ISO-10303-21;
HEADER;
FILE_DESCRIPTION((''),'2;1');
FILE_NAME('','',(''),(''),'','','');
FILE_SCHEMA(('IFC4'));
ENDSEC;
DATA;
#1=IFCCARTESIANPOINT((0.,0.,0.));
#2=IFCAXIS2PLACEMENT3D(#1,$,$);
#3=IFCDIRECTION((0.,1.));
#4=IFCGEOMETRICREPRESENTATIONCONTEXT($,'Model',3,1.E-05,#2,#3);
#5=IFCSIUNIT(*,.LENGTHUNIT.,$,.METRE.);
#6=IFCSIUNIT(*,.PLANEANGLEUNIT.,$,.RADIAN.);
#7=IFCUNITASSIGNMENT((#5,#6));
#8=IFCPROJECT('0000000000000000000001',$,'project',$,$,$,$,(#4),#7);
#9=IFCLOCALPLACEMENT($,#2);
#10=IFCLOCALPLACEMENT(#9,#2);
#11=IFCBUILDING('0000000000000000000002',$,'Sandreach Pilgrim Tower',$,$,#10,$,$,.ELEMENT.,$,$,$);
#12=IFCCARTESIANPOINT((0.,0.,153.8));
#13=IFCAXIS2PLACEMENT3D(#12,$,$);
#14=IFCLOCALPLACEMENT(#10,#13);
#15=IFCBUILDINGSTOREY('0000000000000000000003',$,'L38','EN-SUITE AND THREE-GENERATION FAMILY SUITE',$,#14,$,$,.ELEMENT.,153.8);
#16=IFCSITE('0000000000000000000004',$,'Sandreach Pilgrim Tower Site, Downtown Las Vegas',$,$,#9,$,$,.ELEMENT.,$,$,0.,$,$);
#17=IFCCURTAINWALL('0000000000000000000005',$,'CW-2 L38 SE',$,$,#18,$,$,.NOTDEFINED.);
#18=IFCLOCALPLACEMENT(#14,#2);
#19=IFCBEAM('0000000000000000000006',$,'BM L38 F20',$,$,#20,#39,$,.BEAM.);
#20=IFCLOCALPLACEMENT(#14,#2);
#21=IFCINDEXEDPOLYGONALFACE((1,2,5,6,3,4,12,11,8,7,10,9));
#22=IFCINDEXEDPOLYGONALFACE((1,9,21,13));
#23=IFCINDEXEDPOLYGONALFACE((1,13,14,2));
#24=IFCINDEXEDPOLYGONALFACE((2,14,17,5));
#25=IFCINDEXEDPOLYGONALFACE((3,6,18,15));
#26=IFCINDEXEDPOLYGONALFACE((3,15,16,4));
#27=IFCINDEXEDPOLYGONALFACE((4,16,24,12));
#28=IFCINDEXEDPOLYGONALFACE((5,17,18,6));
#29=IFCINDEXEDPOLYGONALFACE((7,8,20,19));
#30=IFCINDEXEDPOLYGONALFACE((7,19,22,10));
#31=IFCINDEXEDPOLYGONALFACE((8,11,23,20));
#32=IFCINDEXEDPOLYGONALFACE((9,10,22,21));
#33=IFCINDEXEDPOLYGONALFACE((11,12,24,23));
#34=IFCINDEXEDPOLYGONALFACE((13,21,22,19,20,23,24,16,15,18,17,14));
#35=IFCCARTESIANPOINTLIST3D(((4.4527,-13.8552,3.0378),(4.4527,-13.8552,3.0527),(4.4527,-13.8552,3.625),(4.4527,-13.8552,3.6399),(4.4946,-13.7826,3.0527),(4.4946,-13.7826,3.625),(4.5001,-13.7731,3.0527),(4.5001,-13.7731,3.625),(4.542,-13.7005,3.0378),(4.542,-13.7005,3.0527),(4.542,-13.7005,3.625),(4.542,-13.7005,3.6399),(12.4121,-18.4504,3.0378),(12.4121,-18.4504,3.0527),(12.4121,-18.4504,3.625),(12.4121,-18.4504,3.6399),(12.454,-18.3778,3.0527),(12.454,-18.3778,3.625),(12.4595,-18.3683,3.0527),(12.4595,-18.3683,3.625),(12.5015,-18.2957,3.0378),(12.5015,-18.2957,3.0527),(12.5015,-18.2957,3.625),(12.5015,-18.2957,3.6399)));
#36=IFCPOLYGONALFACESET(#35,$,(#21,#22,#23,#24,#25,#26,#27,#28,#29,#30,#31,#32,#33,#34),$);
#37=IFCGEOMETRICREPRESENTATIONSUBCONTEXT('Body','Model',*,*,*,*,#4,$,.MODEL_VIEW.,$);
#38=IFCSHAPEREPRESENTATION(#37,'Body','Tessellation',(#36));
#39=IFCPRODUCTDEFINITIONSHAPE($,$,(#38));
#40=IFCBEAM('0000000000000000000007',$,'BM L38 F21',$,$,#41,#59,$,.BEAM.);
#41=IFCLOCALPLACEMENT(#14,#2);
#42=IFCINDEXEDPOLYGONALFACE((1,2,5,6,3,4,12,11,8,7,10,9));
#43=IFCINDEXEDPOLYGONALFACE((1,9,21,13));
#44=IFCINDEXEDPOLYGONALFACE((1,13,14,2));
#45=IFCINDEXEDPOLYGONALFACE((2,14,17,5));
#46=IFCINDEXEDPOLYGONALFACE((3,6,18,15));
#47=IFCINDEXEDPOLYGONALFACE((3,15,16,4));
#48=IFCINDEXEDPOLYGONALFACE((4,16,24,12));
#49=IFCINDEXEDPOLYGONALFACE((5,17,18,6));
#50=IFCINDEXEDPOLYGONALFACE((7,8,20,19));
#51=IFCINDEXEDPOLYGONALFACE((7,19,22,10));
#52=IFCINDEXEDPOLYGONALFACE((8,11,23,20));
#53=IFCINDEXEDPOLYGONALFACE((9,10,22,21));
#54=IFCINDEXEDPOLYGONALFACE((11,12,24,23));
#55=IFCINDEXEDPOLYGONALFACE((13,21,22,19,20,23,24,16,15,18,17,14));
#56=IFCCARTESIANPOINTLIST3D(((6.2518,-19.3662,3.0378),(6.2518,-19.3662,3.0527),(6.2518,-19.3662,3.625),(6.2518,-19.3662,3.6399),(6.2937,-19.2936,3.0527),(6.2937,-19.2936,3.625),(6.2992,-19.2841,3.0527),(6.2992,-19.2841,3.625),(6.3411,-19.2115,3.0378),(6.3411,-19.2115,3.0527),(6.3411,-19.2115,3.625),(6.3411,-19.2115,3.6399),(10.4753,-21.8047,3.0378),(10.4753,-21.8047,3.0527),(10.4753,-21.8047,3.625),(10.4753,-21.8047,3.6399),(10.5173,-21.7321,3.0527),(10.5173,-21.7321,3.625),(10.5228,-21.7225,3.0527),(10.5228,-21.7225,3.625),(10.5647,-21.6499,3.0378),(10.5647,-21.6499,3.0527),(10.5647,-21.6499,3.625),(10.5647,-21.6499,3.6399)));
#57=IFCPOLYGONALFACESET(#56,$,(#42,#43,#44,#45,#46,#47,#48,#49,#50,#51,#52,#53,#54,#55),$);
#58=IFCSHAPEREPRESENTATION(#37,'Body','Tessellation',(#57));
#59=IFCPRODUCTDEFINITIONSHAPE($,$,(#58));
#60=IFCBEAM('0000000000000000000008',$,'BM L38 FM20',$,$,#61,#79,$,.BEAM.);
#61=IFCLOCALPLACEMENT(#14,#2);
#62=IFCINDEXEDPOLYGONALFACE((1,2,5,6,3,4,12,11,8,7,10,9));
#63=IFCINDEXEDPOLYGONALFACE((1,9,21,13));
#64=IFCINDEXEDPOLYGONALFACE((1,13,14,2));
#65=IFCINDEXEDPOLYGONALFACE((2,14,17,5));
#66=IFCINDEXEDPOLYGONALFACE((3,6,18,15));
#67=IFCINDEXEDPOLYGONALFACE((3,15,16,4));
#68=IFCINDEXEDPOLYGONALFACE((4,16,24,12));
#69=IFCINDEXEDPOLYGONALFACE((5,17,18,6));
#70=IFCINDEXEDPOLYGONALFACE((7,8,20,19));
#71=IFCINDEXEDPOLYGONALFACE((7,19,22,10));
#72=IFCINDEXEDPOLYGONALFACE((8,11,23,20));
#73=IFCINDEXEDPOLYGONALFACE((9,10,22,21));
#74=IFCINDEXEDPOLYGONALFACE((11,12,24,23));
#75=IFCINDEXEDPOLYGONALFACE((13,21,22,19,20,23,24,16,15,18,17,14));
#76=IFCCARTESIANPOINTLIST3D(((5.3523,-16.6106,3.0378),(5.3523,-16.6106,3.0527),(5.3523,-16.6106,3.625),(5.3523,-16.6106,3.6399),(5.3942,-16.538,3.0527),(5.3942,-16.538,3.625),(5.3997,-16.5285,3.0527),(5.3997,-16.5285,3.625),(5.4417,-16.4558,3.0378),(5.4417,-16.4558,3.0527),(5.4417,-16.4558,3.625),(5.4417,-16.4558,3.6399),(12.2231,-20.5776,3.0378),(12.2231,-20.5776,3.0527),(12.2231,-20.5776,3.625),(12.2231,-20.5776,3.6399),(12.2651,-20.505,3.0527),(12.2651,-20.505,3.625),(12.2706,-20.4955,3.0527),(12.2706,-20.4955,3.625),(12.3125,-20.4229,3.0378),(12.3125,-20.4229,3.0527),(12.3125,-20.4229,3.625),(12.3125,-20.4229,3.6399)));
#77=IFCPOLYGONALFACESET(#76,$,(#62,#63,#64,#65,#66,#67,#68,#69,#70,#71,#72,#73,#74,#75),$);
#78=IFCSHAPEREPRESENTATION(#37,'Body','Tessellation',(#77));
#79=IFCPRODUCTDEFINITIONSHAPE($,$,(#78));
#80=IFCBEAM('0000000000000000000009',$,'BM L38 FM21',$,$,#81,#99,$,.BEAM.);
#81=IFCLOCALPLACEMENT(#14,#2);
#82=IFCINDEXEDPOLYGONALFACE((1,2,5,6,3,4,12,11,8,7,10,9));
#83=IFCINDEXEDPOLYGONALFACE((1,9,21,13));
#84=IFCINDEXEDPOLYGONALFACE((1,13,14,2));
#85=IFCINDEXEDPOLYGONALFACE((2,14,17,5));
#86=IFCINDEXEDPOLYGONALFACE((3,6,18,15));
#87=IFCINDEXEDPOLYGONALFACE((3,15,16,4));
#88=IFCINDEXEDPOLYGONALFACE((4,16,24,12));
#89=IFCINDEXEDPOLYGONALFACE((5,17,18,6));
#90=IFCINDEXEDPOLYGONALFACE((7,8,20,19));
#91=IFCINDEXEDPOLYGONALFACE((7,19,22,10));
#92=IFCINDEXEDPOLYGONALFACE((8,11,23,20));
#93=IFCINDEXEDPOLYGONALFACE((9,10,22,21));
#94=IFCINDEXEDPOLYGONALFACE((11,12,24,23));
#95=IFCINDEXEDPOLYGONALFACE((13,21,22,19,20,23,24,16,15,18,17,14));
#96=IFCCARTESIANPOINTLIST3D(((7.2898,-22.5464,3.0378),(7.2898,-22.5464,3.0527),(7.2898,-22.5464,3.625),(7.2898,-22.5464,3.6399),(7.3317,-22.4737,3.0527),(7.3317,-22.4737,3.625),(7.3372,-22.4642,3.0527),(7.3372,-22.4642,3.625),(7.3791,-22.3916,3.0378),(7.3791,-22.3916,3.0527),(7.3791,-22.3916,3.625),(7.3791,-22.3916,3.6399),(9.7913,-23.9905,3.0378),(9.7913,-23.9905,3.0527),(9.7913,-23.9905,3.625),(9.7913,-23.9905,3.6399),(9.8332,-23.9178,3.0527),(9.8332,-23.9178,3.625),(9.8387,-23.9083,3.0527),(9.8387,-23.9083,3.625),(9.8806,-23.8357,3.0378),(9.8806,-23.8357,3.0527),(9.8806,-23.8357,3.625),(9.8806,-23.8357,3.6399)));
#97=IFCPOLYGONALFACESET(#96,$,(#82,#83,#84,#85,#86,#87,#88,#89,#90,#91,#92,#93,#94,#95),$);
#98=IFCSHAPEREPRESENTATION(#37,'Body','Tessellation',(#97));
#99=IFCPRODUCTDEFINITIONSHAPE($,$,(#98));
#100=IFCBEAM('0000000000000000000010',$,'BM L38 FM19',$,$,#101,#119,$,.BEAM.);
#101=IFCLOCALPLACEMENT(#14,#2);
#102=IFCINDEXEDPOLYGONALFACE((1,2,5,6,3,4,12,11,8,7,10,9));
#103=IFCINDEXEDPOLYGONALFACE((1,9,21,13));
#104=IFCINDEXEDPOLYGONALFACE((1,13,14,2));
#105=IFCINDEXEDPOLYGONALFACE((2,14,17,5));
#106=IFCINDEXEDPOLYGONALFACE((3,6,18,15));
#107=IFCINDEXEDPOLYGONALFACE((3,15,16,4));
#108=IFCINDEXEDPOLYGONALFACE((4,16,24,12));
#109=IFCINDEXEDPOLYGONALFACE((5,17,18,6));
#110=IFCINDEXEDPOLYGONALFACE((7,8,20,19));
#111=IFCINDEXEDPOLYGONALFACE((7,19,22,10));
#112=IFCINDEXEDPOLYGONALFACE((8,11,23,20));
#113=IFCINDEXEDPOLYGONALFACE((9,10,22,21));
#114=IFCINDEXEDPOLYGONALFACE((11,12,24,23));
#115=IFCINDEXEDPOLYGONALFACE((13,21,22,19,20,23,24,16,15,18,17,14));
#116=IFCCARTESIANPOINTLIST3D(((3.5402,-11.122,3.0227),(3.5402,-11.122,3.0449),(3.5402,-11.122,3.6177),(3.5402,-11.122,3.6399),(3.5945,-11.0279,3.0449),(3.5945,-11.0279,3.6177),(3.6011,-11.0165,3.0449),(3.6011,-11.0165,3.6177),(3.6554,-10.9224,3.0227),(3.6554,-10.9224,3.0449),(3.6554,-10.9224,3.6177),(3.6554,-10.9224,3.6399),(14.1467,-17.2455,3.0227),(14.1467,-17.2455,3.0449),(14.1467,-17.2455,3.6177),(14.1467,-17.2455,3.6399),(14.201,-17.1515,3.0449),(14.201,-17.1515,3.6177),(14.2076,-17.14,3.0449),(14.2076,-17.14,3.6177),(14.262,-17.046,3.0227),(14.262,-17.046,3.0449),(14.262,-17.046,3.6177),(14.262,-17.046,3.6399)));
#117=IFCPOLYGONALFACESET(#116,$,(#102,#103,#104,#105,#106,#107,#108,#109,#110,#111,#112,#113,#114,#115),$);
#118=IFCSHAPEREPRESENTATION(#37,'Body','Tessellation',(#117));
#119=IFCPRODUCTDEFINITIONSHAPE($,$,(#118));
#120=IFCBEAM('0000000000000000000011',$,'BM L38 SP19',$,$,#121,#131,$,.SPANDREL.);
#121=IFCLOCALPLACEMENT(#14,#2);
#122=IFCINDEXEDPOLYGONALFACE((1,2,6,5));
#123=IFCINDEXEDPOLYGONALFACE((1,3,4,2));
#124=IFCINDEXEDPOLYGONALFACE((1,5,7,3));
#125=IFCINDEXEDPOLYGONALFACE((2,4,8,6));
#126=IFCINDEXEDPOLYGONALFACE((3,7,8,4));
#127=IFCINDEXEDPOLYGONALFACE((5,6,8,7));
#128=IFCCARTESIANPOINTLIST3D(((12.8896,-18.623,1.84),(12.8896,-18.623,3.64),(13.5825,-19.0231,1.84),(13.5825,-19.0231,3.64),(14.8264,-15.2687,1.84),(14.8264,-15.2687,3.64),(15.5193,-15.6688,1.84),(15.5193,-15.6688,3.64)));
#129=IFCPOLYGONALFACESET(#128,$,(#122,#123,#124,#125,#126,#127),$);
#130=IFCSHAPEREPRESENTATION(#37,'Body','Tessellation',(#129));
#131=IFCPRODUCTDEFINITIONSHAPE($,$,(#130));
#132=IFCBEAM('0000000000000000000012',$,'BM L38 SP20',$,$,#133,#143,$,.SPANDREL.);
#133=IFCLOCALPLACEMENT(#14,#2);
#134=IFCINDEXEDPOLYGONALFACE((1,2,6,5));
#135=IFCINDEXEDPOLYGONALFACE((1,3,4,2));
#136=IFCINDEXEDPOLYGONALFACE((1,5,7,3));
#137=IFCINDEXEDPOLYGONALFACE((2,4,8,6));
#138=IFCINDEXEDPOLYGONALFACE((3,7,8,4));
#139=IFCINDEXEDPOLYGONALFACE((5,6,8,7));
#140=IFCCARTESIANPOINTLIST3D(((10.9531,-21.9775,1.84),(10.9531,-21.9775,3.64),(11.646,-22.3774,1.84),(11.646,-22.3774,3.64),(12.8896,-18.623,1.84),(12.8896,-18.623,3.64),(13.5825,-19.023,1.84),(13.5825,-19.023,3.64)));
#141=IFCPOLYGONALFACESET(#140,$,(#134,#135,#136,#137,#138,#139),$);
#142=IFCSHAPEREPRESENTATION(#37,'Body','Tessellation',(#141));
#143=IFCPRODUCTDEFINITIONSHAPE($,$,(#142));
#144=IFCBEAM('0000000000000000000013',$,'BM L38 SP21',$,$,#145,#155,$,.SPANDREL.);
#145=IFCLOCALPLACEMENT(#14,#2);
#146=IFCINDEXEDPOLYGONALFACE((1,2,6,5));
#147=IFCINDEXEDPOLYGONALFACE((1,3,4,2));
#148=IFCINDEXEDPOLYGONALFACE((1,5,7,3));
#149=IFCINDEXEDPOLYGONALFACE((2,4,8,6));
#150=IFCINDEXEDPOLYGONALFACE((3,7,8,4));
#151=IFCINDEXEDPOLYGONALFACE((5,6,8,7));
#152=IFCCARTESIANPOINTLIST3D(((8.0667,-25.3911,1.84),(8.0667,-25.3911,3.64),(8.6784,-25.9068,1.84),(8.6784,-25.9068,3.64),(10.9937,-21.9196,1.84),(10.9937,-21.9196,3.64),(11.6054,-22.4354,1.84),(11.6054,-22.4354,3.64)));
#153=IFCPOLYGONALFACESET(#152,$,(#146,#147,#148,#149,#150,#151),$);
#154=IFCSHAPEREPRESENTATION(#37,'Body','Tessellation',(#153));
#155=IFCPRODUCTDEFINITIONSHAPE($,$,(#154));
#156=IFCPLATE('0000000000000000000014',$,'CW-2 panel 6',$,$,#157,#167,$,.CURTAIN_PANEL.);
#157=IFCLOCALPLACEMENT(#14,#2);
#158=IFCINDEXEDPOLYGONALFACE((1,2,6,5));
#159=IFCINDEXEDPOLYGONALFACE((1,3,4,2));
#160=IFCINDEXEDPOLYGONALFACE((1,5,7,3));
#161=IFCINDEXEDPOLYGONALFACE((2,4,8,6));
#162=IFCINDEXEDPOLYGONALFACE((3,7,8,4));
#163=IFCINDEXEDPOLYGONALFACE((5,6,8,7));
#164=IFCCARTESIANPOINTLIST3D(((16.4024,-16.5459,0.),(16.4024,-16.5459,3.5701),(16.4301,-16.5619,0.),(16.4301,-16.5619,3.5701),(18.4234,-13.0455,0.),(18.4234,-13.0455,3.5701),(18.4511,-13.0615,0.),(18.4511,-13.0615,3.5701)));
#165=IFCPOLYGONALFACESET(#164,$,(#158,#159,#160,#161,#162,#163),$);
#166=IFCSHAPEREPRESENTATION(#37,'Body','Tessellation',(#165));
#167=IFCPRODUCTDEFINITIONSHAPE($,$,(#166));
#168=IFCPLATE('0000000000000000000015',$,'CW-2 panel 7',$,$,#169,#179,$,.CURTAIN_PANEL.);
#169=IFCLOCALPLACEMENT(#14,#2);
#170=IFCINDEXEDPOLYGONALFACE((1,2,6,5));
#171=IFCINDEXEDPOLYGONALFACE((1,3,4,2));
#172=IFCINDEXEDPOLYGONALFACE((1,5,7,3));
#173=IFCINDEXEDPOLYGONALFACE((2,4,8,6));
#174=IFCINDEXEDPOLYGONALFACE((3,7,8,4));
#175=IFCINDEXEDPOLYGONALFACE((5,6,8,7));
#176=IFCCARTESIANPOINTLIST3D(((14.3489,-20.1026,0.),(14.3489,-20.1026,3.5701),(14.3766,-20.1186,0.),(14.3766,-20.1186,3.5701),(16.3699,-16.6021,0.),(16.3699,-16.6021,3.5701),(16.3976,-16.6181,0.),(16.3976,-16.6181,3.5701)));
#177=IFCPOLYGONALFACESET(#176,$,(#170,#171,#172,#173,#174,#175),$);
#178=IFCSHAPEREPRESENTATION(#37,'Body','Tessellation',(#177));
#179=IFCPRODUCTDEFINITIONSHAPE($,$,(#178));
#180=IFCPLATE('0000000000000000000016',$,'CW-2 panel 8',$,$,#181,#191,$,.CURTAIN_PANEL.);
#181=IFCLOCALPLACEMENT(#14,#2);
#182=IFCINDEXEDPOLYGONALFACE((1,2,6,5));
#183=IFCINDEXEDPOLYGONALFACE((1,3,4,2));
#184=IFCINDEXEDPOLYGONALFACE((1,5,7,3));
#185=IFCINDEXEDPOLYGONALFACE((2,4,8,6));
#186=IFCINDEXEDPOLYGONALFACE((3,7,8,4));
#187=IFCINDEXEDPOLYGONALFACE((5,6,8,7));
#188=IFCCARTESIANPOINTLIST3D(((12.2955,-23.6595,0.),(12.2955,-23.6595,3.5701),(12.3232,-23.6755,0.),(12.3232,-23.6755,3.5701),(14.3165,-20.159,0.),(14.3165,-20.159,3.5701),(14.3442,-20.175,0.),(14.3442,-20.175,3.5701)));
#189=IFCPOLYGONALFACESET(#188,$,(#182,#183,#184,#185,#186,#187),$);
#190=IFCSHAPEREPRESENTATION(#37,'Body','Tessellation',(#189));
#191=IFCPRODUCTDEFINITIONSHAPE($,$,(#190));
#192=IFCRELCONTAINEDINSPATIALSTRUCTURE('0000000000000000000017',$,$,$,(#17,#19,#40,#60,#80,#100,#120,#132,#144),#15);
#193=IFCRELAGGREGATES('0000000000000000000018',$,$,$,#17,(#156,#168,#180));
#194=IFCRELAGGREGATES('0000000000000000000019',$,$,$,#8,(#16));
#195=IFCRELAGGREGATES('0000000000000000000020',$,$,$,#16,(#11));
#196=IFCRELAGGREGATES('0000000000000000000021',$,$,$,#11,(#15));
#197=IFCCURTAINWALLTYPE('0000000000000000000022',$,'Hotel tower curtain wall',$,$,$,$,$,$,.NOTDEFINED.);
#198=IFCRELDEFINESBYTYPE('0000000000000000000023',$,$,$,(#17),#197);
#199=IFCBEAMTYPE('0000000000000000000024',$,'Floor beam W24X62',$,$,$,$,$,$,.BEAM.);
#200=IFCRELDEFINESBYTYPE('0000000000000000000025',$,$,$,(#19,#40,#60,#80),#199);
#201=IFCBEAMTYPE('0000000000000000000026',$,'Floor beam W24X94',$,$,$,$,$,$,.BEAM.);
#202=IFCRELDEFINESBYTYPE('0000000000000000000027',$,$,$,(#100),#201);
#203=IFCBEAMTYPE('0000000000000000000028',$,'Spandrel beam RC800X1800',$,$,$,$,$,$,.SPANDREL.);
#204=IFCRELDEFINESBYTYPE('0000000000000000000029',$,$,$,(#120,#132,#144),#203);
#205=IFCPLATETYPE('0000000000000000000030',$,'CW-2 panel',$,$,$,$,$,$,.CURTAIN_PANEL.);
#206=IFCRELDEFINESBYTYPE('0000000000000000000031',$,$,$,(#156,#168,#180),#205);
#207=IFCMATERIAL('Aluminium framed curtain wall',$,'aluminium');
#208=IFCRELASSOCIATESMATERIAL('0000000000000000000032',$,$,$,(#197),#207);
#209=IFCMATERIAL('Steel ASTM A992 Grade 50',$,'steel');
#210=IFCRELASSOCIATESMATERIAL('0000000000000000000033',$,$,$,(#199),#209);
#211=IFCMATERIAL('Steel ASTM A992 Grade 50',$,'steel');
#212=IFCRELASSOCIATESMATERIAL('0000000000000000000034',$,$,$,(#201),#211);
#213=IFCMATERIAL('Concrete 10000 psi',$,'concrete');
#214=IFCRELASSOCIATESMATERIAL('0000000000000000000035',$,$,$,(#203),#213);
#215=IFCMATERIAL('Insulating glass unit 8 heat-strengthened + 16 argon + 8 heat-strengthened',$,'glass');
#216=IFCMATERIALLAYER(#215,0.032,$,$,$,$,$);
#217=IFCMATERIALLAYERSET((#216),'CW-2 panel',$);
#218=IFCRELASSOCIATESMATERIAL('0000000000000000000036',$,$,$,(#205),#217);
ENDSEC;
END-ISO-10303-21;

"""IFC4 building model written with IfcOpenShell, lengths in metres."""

from ifc_helpers import new_model, si_unit, direction, frame, origin, origin_2d, place, context, subcontext, project, spatial, rectangle, i_section, extrude, material, layer, layer_set, material_profile, profile_set, type_object, element, aggregate, save


model = new_model("IFC4")

# Units and contexts
model_context = context("Model", 3, precision=1e-05, world=origin(), true_north=direction((0.0, 1.0)))
body_context = subcontext(model_context, "Body", "Model", "MODEL_VIEW")
ifc_project = project(units=[si_unit("LENGTHUNIT", "METRE"), si_unit("PLANEANGLEUNIT", "RADIAN")], contexts=[model_context])

# Site, building, storey
site_placement = place(None, origin())
site = spatial("IfcSite", under=ifc_project, at=site_placement, Name="Sandreach Pilgrim Tower Site, Downtown Las Vegas", CompositionType="ELEMENT", RefElevation=0.0)
building_placement = place(site_placement, origin())
building = spatial("IfcBuilding", under=site, at=building_placement, Name="Sandreach Pilgrim Tower", CompositionType="ELEMENT")
storey_placement = place(building_placement, frame((0.0, 0.0, 153.8)))
storey = spatial("IfcBuildingStorey", under=building, at=storey_placement, Name="L38", Description="EN-SUITE AND THREE-GENERATION FAMILY SUITE", CompositionType="ELEMENT", Elevation=153.8)

# Curtain wall
ifc_material_1 = material(Name="Aluminium framed curtain wall", Category="aluminium")
curtain_wall_type = type_object("IfcCurtainWallType", Name="Hotel tower curtain wall", PredefinedType="NOTDEFINED", material=ifc_material_1)
curtain_wall_1_placement = place(storey_placement, origin())
curtain_wall_1 = element("IfcCurtainWall", 1, at=curtain_wall_1_placement, inside=storey, type_object=curtain_wall_type, Name="CW-2 L38 SE", PredefinedType="NOTDEFINED")

# Beams
ifc_material_2 = material(Name="Steel ASTM A992 Grade 50", Category="steel")
ifc_material_profile_1 = material_profile(ifc_material_2, i_section(OverallWidth=0.1787, OverallDepth=0.6021, WebThickness=0.011, FlangeThickness=0.0149, at=origin_2d()), Name="W24X62")
ifc_profile_set_1 = profile_set([ifc_material_profile_1], Name="Steel ASTM A992 Grade 50")
beam_type_1 = type_object("IfcBeamType", Name="Floor beam W24X62", PredefinedType="BEAM", material=ifc_profile_set_1)
beam_1_placement = place(storey_placement, frame((12.4568, -18.373, 3.3389), z_axis=(-0.866034, 0.499985, 0.0), x_axis=(-0.499985, -0.866034, 0.0)))
element("IfcBeam", 2, at=beam_1_placement, inside=storey, type_object=beam_type_1, Name="BM L38 F20", PredefinedType="BEAM", context=body_context, shape_type="SweptSolid", body=[
    extrude(i_section(OverallWidth=0.1787, OverallDepth=0.6021, WebThickness=0.011, FlangeThickness=0.0149, at=origin_2d()), origin(), (0.0, 0.0, 1.0), 9.1907),
])
beam_2_placement = place(storey_placement, frame((10.52, -21.7273, 3.3389), z_axis=(-0.866029, 0.499994, 0.0), x_axis=(-0.499994, -0.866029, 0.0)))
element("IfcBeam", 3, at=beam_2_placement, inside=storey, type_object=beam_type_1, Name="BM L38 F21", PredefinedType="BEAM", context=body_context, shape_type="SweptSolid", body=[
    extrude(i_section(OverallWidth=0.1787, OverallDepth=0.6021, WebThickness=0.011, FlangeThickness=0.0149, at=origin_2d()), origin(), (0.0, 0.0, 1.0), 4.877),
])
beam_3_placement = place(storey_placement, frame((12.2678, -20.5002, 3.3389), z_axis=(-0.866017, 0.500015, 0.0), x_axis=(-0.500015, -0.866017, 0.0)))
element("IfcBeam", 4, at=beam_3_placement, inside=storey, type_object=beam_type_1, Name="BM L38 FM20", PredefinedType="BEAM", context=body_context, shape_type="SweptSolid", body=[
    extrude(i_section(OverallWidth=0.1787, OverallDepth=0.6021, WebThickness=0.011, FlangeThickness=0.0149, at=origin_2d()), origin(), (0.0, 0.0, 1.0), 7.9338),
])
beam_4_placement = place(storey_placement, frame((9.8359, -23.9131, 3.3389), z_axis=(-0.866045, 0.499966, 0.0), x_axis=(-0.499966, -0.866045, 0.0)))
element("IfcBeam", 5, at=beam_4_placement, inside=storey, type_object=beam_type_1, Name="BM L38 FM21", PredefinedType="BEAM", context=body_context, shape_type="SweptSolid", body=[
    extrude(i_section(OverallWidth=0.1787, OverallDepth=0.6021, WebThickness=0.011, FlangeThickness=0.0149, at=origin_2d()), origin(), (0.0, 0.0, 1.0), 2.8884),
])
ifc_material_3 = material(Name="Steel ASTM A992 Grade 50", Category="steel")
ifc_material_profile_2 = material_profile(ifc_material_3, i_section(OverallWidth=0.2305, OverallDepth=0.6172, WebThickness=0.0132, FlangeThickness=0.0222, at=origin_2d()), Name="W24X94")
ifc_profile_set_2 = profile_set([ifc_material_profile_2], Name="Steel ASTM A992 Grade 50")
beam_type_2 = type_object("IfcBeamType", Name="Floor beam W24X94", PredefinedType="BEAM", material=ifc_profile_set_2)
beam_5_placement = place(storey_placement, frame((14.2043, -17.1458, 3.3313), z_axis=(-0.866029, 0.499994, 0.0), x_axis=(-0.499994, -0.866029, 0.0)))
element("IfcBeam", 6, at=beam_5_placement, inside=storey, type_object=beam_type_2, Name="BM L38 FM19", PredefinedType="BEAM", context=body_context, shape_type="SweptSolid", body=[
    extrude(i_section(OverallWidth=0.2305, OverallDepth=0.6172, WebThickness=0.0132, FlangeThickness=0.0222, at=origin_2d()), origin(), (0.0, 0.0, 1.0), 12.2473),
])
ifc_material_4 = material(Name="Concrete 10000 psi", Category="concrete")
ifc_material_profile_3 = material_profile(ifc_material_4, rectangle(XDim=0.8, YDim=1.8, at=origin_2d()), Name="RC800X1800")
ifc_profile_set_3 = profile_set([ifc_material_profile_3], Name="Concrete 10000 psi")
beam_type_3 = type_object("IfcBeamType", Name="Spandrel beam RC800X1800", PredefinedType="SPANDREL", material=ifc_profile_set_3)
for number, where, z_axis, x_axis, name in (
    (7, (15.1729, -15.4688, 2.74), (-0.500037, -0.866004, 0.0), (0.866004, -0.500037, 0.0), "BM L38 SP19"),
    (8, (13.2361, -18.823, 2.74), (-0.499963, -0.866047, 0.0), (0.866047, -0.499963, 0.0), "BM L38 SP20"),
):
    element("IfcBeam", number, at=place(storey_placement, frame(where, z_axis=z_axis, x_axis=x_axis)), inside=storey, type_object=beam_type_3, Name=name, PredefinedType="SPANDREL", context=body_context, shape_type="SweptSolid", body=[
        extrude(rectangle(XDim=0.8, YDim=1.8, at=origin_2d()), origin(), (0.0, 0.0, 1.0), 3.8733),
    ])
beam_6_placement = place(storey_placement, frame((11.2996, -22.1775, 2.74), z_axis=(-0.644611, -0.764511, 0.0), x_axis=(0.764511, -0.644611, 0.0)))
element("IfcBeam", 9, at=beam_6_placement, inside=storey, type_object=beam_type_3, Name="BM L38 SP21", PredefinedType="SPANDREL", context=body_context, shape_type="SweptSolid", body=[
    extrude(rectangle(XDim=0.8, YDim=1.8, at=origin_2d()), origin(), (0.0, 0.0, 1.0), 4.5408),
])

# Plates
ifc_material_5 = material(Name="Insulating glass unit 8 heat-strengthened + 16 argon + 8 heat-strengthened", Category="glass")
ifc_layer_1 = layer(ifc_material_5, 0.032)
ifc_layer_set_1 = layer_set([ifc_layer_1], Name="CW-2 panel")
plate_type = type_object("IfcPlateType", Name="CW-2 panel", PredefinedType="CURTAIN_PANEL", material=ifc_layer_set_1)
plate_1_placement = place(storey_placement, frame((17.4268, -14.8037, 0.0), z_axis=(0.0, 0.0, 1.0), x_axis=(-0.5, -0.866025, 0.0)))
plate_1 = element("IfcPlate", 10, at=plate_1_placement, type_object=plate_type, Name="CW-2 panel 6", PredefinedType="CURTAIN_PANEL", context=body_context, shape_type="SweptSolid", body=[
    extrude(rectangle(XDim=4.042, YDim=0.032, at=origin_2d()), origin(), (0.0, 0.0, 1.0), 3.5701),
])
plate_2_placement = place(storey_placement, frame((15.3733, -18.3604, 0.0), z_axis=(0.0, 0.0, 1.0), x_axis=(-0.5, -0.866025, 0.0)))
plate_2 = element("IfcPlate", 11, at=plate_2_placement, type_object=plate_type, Name="CW-2 panel 7", PredefinedType="CURTAIN_PANEL", context=body_context, shape_type="SweptSolid", body=[
    extrude(rectangle(XDim=4.042, YDim=0.032, at=origin_2d()), origin(), (0.0, 0.0, 1.0), 3.5701),
])
plate_3_placement = place(storey_placement, frame((13.3198, -21.9172, 0.0), z_axis=(0.0, 0.0, 1.0), x_axis=(-0.5, -0.866025, 0.0)))
plate_3 = element("IfcPlate", 12, at=plate_3_placement, type_object=plate_type, Name="CW-2 panel 8", PredefinedType="CURTAIN_PANEL", context=body_context, shape_type="SweptSolid", body=[
    extrude(rectangle(XDim=4.042, YDim=0.032, at=origin_2d()), origin(), (0.0, 0.0, 1.0), 3.5701),
])
aggregate(curtain_wall_1, [plate_1, plate_2, plate_3])

save(model, "model.ifc")
